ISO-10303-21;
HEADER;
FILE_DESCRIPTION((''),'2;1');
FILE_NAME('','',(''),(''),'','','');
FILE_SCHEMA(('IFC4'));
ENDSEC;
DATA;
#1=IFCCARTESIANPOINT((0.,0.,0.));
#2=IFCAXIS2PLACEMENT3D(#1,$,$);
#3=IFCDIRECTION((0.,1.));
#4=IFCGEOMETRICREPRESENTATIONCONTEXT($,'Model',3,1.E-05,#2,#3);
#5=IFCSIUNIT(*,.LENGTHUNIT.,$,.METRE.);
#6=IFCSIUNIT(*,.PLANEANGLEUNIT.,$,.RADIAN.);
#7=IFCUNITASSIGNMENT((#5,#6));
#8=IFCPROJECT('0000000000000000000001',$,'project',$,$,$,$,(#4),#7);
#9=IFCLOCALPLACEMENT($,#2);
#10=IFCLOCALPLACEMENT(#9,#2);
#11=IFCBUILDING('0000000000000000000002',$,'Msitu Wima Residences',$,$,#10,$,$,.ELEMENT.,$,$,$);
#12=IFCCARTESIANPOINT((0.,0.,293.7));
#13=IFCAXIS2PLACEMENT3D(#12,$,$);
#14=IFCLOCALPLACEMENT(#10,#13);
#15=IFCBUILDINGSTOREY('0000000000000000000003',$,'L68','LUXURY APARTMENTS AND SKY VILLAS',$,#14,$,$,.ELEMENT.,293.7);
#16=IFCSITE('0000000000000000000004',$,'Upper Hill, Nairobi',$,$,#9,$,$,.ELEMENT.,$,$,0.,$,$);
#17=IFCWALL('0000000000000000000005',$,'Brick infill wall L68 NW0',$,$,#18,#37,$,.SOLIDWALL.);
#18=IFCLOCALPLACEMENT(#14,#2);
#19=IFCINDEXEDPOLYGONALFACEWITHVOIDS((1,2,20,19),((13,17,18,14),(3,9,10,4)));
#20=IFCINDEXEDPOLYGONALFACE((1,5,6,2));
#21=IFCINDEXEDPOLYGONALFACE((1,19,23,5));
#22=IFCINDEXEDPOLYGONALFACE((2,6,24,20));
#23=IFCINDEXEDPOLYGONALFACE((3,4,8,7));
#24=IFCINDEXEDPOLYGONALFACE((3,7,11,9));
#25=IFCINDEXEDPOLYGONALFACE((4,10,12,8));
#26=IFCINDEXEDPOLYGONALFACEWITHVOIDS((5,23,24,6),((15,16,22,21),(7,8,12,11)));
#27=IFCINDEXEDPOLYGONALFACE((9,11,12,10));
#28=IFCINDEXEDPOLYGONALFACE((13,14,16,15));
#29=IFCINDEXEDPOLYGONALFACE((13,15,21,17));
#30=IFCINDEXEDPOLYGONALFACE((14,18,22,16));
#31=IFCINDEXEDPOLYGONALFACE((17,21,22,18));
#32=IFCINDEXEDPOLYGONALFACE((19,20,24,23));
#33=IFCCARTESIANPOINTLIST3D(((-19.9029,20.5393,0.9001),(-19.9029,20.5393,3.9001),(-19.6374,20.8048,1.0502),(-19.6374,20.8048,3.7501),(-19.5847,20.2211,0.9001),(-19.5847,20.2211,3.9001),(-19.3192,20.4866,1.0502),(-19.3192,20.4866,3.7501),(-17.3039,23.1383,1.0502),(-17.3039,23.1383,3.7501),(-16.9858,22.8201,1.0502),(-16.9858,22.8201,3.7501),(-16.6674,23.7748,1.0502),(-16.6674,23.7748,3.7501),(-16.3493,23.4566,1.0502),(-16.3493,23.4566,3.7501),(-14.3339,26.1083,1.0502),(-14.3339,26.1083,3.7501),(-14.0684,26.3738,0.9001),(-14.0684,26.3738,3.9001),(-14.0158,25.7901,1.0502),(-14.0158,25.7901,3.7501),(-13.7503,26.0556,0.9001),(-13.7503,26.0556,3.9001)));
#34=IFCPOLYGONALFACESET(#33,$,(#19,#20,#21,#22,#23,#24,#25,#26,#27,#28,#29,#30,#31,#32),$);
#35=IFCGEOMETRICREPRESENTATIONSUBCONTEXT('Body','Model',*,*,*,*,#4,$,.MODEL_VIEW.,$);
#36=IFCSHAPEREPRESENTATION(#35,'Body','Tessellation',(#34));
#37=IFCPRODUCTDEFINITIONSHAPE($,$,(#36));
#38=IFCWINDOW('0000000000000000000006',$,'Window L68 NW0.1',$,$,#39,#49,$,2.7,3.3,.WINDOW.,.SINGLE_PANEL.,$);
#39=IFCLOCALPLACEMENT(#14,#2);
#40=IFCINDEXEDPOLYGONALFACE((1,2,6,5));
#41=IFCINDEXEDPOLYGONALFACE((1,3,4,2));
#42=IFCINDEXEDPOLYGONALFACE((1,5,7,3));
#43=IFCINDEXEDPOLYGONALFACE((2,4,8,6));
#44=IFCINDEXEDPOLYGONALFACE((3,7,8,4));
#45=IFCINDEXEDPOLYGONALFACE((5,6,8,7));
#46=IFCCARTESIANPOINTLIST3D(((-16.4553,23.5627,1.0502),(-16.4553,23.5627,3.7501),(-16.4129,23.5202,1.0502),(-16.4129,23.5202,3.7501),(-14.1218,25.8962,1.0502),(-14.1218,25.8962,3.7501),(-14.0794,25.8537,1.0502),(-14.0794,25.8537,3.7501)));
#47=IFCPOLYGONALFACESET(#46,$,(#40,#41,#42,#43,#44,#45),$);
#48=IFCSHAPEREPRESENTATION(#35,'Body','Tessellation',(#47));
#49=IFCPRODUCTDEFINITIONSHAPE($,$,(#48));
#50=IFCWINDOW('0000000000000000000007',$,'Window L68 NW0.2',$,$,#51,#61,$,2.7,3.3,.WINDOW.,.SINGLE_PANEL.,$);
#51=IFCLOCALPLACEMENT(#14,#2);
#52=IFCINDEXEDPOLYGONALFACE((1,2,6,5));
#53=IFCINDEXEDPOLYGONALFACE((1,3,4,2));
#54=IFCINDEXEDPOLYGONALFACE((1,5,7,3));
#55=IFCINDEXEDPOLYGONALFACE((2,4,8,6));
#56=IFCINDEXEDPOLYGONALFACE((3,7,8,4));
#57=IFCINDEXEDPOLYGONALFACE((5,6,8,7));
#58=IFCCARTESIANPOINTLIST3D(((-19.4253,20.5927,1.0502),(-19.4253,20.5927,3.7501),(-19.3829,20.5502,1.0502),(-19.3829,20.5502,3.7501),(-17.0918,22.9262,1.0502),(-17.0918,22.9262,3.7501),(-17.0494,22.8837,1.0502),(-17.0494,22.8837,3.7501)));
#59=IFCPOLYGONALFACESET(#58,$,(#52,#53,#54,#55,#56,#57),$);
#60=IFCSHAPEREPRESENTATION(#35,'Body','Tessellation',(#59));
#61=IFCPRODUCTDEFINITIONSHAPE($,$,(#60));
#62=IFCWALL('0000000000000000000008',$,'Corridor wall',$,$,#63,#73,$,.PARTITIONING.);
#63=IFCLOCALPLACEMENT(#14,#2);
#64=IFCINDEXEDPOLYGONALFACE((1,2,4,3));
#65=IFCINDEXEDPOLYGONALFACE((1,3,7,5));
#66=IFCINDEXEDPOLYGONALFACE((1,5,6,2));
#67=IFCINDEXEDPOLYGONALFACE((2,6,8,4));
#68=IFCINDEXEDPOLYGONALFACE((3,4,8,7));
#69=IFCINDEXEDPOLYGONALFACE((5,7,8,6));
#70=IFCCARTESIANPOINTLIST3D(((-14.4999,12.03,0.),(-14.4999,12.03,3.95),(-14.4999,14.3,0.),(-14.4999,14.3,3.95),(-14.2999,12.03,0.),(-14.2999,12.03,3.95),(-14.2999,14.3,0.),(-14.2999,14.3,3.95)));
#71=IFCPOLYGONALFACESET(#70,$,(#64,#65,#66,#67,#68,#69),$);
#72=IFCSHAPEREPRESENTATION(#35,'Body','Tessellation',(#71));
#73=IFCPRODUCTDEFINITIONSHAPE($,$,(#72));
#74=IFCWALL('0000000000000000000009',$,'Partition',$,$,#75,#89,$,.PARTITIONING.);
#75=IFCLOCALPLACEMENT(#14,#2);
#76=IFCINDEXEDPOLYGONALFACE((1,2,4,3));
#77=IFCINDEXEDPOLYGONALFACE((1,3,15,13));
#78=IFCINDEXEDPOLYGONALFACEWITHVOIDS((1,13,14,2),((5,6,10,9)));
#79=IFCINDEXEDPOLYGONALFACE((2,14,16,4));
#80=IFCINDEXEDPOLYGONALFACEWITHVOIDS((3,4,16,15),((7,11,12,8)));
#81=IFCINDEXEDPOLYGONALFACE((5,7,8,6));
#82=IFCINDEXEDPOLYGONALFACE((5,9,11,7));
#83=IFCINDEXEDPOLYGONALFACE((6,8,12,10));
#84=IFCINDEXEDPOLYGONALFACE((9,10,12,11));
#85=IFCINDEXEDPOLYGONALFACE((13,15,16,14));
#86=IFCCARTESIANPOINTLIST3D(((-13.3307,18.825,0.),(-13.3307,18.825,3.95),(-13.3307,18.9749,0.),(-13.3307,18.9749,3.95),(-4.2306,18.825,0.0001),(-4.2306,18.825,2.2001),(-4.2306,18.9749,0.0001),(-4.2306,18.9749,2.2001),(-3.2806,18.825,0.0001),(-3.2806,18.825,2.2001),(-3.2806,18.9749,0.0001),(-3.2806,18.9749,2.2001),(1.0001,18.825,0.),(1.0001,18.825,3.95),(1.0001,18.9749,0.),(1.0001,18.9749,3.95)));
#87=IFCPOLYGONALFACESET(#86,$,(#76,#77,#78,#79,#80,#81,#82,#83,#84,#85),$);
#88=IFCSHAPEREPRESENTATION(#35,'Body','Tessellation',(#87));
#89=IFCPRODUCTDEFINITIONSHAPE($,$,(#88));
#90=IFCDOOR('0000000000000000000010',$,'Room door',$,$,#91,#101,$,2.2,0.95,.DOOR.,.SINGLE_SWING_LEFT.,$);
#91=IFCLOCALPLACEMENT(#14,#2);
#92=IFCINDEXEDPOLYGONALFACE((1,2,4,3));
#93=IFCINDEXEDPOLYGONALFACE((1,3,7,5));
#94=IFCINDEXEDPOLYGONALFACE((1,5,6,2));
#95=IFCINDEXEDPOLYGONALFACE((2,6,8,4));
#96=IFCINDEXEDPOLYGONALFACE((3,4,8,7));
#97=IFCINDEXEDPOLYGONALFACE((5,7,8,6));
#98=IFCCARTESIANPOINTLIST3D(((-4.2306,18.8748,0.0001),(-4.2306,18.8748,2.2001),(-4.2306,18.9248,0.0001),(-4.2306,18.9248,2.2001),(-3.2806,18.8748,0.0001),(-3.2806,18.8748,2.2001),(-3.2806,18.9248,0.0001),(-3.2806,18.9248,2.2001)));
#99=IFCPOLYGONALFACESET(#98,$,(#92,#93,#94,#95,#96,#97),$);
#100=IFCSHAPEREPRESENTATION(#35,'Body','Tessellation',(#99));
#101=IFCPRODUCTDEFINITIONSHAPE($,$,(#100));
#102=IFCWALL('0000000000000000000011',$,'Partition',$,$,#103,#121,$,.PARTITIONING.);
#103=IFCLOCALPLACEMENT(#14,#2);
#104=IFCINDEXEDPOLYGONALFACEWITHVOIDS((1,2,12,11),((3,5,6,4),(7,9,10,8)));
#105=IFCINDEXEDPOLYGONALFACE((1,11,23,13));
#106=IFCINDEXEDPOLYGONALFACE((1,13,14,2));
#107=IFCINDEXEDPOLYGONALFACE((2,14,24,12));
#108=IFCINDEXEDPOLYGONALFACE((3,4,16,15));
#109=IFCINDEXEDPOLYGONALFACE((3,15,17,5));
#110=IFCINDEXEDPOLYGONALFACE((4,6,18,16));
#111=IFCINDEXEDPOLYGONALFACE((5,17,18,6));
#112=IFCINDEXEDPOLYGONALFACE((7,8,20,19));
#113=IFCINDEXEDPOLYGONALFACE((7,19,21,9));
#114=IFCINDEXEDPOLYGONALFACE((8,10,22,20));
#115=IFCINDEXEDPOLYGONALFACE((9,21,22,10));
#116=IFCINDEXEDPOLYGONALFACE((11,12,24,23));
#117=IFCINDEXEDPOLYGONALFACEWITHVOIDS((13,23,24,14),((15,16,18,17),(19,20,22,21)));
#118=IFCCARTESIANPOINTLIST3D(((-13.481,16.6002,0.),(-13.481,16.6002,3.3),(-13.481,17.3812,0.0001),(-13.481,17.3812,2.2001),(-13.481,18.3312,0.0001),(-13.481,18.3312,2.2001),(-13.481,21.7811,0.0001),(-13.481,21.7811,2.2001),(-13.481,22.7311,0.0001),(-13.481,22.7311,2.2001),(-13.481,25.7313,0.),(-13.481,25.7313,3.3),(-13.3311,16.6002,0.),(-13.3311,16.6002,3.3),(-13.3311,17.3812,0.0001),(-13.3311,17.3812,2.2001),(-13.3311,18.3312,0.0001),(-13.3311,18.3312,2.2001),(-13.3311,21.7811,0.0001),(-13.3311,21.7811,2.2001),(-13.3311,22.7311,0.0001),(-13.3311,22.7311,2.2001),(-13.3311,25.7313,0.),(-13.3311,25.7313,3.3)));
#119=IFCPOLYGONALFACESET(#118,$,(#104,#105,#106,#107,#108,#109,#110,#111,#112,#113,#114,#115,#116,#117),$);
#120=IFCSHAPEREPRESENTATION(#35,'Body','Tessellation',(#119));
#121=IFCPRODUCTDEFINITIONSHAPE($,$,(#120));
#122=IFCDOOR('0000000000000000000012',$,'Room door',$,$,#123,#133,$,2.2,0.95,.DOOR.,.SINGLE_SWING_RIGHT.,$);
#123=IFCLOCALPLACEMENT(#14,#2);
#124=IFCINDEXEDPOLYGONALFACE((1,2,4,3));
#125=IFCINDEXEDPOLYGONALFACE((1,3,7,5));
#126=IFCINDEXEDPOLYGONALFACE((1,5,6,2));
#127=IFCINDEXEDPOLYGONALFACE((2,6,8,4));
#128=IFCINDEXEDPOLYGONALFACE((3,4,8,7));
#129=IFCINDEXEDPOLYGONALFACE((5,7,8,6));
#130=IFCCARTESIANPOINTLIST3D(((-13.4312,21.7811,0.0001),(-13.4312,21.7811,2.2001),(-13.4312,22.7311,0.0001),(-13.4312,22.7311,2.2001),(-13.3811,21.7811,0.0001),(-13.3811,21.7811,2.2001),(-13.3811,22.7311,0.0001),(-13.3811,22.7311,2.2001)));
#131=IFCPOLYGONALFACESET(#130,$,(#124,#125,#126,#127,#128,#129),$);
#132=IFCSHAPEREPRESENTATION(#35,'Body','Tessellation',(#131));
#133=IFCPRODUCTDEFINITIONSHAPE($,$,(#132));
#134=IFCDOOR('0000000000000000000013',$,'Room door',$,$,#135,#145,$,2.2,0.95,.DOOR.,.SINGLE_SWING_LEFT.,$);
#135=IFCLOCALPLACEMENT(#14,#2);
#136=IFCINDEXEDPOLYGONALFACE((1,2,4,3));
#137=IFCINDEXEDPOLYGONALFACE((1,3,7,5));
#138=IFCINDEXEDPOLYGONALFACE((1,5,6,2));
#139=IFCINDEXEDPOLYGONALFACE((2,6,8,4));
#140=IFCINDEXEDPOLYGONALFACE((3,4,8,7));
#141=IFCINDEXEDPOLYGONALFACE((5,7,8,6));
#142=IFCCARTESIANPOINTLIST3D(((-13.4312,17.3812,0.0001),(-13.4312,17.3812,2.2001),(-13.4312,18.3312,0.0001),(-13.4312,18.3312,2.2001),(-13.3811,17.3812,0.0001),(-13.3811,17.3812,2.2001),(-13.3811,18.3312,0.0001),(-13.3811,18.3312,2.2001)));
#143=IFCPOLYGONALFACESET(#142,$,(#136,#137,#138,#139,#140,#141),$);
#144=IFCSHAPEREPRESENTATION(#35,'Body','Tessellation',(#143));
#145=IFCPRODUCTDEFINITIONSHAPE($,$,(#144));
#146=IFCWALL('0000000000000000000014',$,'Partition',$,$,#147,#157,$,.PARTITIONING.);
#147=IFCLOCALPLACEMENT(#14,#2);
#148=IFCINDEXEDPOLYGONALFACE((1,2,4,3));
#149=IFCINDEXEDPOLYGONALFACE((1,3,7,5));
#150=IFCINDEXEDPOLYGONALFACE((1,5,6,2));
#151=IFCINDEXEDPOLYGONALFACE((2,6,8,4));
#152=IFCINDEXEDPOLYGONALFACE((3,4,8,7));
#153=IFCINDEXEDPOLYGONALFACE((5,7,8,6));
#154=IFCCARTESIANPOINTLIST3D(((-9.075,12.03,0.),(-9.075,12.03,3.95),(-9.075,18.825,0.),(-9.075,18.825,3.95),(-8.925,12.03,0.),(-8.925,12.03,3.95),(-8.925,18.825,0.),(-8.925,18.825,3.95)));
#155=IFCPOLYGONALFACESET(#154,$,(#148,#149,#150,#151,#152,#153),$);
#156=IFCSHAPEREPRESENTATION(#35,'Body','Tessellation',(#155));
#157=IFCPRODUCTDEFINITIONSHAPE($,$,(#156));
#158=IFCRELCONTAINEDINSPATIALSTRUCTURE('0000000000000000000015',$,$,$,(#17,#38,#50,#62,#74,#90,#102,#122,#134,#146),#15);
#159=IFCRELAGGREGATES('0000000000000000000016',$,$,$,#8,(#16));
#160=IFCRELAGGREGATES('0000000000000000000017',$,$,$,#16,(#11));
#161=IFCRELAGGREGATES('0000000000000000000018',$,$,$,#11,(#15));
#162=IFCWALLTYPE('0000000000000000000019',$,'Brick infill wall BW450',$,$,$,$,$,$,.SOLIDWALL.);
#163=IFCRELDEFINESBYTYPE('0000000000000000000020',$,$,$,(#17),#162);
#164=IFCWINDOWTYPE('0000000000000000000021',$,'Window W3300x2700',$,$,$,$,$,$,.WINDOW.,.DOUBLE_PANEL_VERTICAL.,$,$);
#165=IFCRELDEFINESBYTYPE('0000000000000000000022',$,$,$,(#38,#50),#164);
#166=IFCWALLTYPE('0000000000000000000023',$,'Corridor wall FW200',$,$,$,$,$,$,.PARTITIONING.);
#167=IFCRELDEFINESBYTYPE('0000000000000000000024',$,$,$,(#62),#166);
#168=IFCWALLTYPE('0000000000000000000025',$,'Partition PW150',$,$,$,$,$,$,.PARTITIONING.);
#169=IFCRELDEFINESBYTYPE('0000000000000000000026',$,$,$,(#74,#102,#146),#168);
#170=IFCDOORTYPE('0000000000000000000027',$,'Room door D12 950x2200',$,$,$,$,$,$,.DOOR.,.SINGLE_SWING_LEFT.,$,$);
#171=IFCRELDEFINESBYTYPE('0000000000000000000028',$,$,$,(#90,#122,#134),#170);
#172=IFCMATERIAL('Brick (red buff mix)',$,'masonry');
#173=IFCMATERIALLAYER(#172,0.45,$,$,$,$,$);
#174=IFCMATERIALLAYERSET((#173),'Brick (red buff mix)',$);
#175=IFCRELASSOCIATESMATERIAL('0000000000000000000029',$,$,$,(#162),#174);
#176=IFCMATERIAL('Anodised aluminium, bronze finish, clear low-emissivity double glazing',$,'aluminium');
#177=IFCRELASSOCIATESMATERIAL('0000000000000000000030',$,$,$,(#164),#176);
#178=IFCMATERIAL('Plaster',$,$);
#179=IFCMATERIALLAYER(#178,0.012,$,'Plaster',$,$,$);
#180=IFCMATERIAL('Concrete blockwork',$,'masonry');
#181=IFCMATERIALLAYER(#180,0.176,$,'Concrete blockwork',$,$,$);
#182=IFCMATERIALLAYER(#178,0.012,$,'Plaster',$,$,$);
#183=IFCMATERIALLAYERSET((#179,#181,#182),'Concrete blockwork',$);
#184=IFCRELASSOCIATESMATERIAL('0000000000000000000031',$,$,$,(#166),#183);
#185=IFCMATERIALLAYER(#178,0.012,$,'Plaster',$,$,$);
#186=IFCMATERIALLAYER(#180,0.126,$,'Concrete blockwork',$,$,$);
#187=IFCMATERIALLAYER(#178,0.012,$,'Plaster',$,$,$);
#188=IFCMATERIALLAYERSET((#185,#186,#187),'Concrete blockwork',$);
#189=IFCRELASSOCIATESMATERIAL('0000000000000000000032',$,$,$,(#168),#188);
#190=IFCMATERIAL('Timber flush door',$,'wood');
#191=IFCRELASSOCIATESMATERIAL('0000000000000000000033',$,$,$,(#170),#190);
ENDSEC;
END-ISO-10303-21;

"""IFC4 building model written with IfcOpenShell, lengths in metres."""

from ifc_helpers import new_model, si_unit, direction, frame, frame_2d, origin, place, context, subcontext, project, spatial, rectangle, extrude, material, layer, layer_set, type_object, element, fill, save


model = new_model("IFC4")

# Units and contexts
model_context = context("Model", 3, precision=1e-05, world=origin(), true_north=direction((0.0, 1.0)))
body_context = subcontext(model_context, "Body", "Model", "MODEL_VIEW")
ifc_project = project(units=[si_unit("LENGTHUNIT", "METRE"), si_unit("PLANEANGLEUNIT", "RADIAN")], contexts=[model_context])

# Site, building, storey
site_placement = place(None, origin())
site = spatial("IfcSite", under=ifc_project, at=site_placement, Name="Upper Hill, Nairobi", CompositionType="ELEMENT", RefElevation=0.0)
building_placement = place(site_placement, origin())
building = spatial("IfcBuilding", under=site, at=building_placement, Name="Msitu Wima Residences", CompositionType="ELEMENT")
storey_placement = place(building_placement, frame((0.0, 0.0, 293.7)))
storey = spatial("IfcBuildingStorey", under=building, at=storey_placement, Name="L68", Description="LUXURY APARTMENTS AND SKY VILLAS", CompositionType="ELEMENT", Elevation=293.7)

# Wall, openings, windows
ifc_material_1 = material(Name="Brick (red buff mix)", Category="masonry")
ifc_layer_1 = layer(ifc_material_1, 0.45)
ifc_layer_set_1 = layer_set([ifc_layer_1], Name="Brick (red buff mix)")
wall_type_1 = type_object("IfcWallType", Name="Brick infill wall BW450", PredefinedType="SOLIDWALL", material=ifc_layer_set_1)
ifc_material_2 = material(Name="Anodised aluminium, bronze finish, clear low-emissivity double glazing", Category="aluminium")
window_type = type_object("IfcWindowType", Name="Window W3300x2700", PartitioningType="DOUBLE_PANEL_VERTICAL", PredefinedType="WINDOW", material=ifc_material_2)
wall_1_placement = place(storey_placement, frame((-13.9094, 26.2146, 0.9001), z_axis=(0.0, 0.0, 1.0), x_axis=(-0.707107, -0.707107, 0.0)))
wall_1 = element("IfcWall", 1, at=wall_1_placement, inside=storey, type_object=wall_type_1, Name="Brick infill wall L68 NW0", PredefinedType="SOLIDWALL", context=body_context, shape_type="SweptSolid", body=[
    extrude(rectangle(XDim=8.2512, YDim=0.45, at=frame_2d((4.1255, 0.0))), origin(), (0.0, 0.0, 1.0), 3.0),
])
opening_1_placement = place(wall_1_placement, frame((0.3755, 0.0, 0.1499)))
opening_1 = element("IfcOpeningElement", 2, at=opening_1_placement, cuts=wall_1, PredefinedType="OPENING", context=body_context, shape_type="SweptSolid", body=[
    extrude(rectangle(XDim=3.3, YDim=2.7, at=frame_2d((1.6499, 1.3501))), frame((0.0, 0.2349, 0.0), z_axis=(0.0, -1.0, 0.0), x_axis=(1.0, 0.0, 0.0)), (0.0, 0.0, 1.0), 0.47),
])
opening_2_placement = place(wall_1_placement, frame((4.5757, 0.0, 0.1499)))
opening_2 = element("IfcOpeningElement", 3, at=opening_2_placement, cuts=wall_1, PredefinedType="OPENING", context=body_context, shape_type="SweptSolid", body=[
    extrude(rectangle(XDim=3.3, YDim=2.7, at=frame_2d((1.6499, 1.3501))), frame((0.0, 0.2349, 0.0), z_axis=(0.0, -1.0, 0.0), x_axis=(1.0, 0.0, 0.0)), (0.0, 0.0, 1.0), 0.47),
])
window_1_placement = place(opening_1_placement, origin())
window_1 = element("IfcWindow", 4, at=window_1_placement, inside=storey, type_object=window_type, Name="Window L68 NW0.1", OverallHeight=2.7, OverallWidth=3.3, PartitioningType="SINGLE_PANEL", PredefinedType="WINDOW", context=body_context, shape_type="SweptSolid", body=[
    extrude(rectangle(XDim=3.3, YDim=2.7, at=frame_2d((1.6499, 1.3501))), frame((0.0, 0.135, 0.0), z_axis=(0.0, -1.0, 0.0), x_axis=(1.0, 0.0, 0.0)), (0.0, 0.0, 1.0), 0.0601),
])
fill(opening_1, window_1)
window_2_placement = place(opening_2_placement, origin())
window_2 = element("IfcWindow", 5, at=window_2_placement, inside=storey, type_object=window_type, Name="Window L68 NW0.2", OverallHeight=2.7, OverallWidth=3.3, PartitioningType="SINGLE_PANEL", PredefinedType="WINDOW", context=body_context, shape_type="SweptSolid", body=[
    extrude(rectangle(XDim=3.3, YDim=2.7, at=frame_2d((1.6499, 1.3501))), frame((0.0, 0.135, 0.0), z_axis=(0.0, -1.0, 0.0), x_axis=(1.0, 0.0, 0.0)), (0.0, 0.0, 1.0), 0.0601),
])
fill(opening_2, window_2)

# Wall
ifc_material_3 = material(Name="Plaster")
ifc_layer_2 = layer(ifc_material_3, 0.012, Name="Plaster")
ifc_material_4 = material(Name="Concrete blockwork", Category="masonry")
ifc_layer_3 = layer(ifc_material_4, 0.176, Name="Concrete blockwork")
ifc_layer_4 = layer(ifc_material_3, 0.012, Name="Plaster")
ifc_layer_set_2 = layer_set([ifc_layer_2, ifc_layer_3, ifc_layer_4], Name="Concrete blockwork")
wall_type_2 = type_object("IfcWallType", Name="Corridor wall FW200", PredefinedType="PARTITIONING", material=ifc_layer_set_2)
wall_2_placement = place(storey_placement, frame((-14.3999, 12.03, 0.0), z_axis=(0.0, 0.0, 1.0), x_axis=(0.0, 1.0, 0.0)))
element("IfcWall", 6, at=wall_2_placement, inside=storey, type_object=wall_type_2, Name="Corridor wall", PredefinedType="PARTITIONING", context=body_context, shape_type="SweptSolid", body=[
    extrude(rectangle(XDim=2.27, YDim=0.2, at=frame_2d((1.135, 0.0))), origin(), (0.0, 0.0, 1.0), 3.95),
])

# Wall, opening, door
ifc_layer_5 = layer(ifc_material_3, 0.012, Name="Plaster")
ifc_layer_6 = layer(ifc_material_4, 0.126, Name="Concrete blockwork")
ifc_layer_7 = layer(ifc_material_3, 0.012, Name="Plaster")
ifc_layer_set_3 = layer_set([ifc_layer_5, ifc_layer_6, ifc_layer_7], Name="Concrete blockwork")
wall_type_3 = type_object("IfcWallType", Name="Partition PW150", PredefinedType="PARTITIONING", material=ifc_layer_set_3)
wall_3_placement = place(storey_placement, frame((-13.3308, 18.8999, 0.0), z_axis=(0.0, 0.0, 1.0), x_axis=(1.0, 0.0, 0.0)))
wall_3 = element("IfcWall", 7, at=wall_3_placement, inside=storey, type_object=wall_type_3, Name="Partition", PredefinedType="PARTITIONING", context=body_context, shape_type="SweptSolid", body=[
    extrude(rectangle(XDim=14.3308, YDim=0.1499, at=frame_2d((7.1655, 0.0))), origin(), (0.0, 0.0, 1.0), 3.95),
])
opening_3_placement = place(wall_3_placement, frame((9.1001, 0.0, 0.0)))
opening_3 = element("IfcOpeningElement", 8, at=opening_3_placement, cuts=wall_3, PredefinedType="OPENING", context=body_context, shape_type="SweptSolid", body=[
    extrude(rectangle(XDim=0.95, YDim=2.2, at=frame_2d((0.4751, 1.1001))), frame((0.0, 0.085, 0.0), z_axis=(0.0, -1.0, 0.0), x_axis=(1.0, 0.0, 0.0)), (0.0, 0.0, 1.0), 0.1699),
])
ifc_material_5 = material(Name="Timber flush door", Category="wood")
door_type_1 = type_object("IfcDoorType", Name="Room door D12 950x2200", OperationType="SINGLE_SWING_LEFT", PredefinedType="DOOR", material=ifc_material_5)
door_1_placement = place(opening_3_placement, origin())
door_1 = element("IfcDoor", 9, at=door_1_placement, inside=storey, type_object=door_type_1, Name="Room door", OperationType="SINGLE_SWING_LEFT", OverallHeight=2.2, OverallWidth=0.95, PredefinedType="DOOR", context=body_context, shape_type="SweptSolid", body=[
    extrude(rectangle(XDim=0.95, YDim=2.2, at=frame_2d((0.4751, 1.1001))), frame((0.0, 0.0249, 0.0), z_axis=(0.0, -1.0, 0.0), x_axis=(1.0, 0.0, 0.0)), (0.0, 0.0, 1.0), 0.05),
])
fill(opening_3, door_1)

# Wall, openings, doors
wall_4_placement = place(storey_placement, frame((-13.406, 25.7312, 0.0), z_axis=(0.0, 0.0, 1.0), x_axis=(0.0, -1.0, 0.0)))
wall_4 = element("IfcWall", 10, at=wall_4_placement, inside=storey, type_object=wall_type_3, Name="Partition", PredefinedType="PARTITIONING", context=body_context, shape_type="SweptSolid", body=[
    extrude(rectangle(XDim=9.1311, YDim=0.1499, at=frame_2d((4.5654, 0.0))), origin(), (0.0, 0.0, 1.0), 3.3),
])
opening_4_placement = place(wall_4_placement, frame((3.0, 0.0, 0.0)))
opening_4 = element("IfcOpeningElement", 11, at=opening_4_placement, cuts=wall_4, PredefinedType="OPENING", context=body_context, shape_type="SweptSolid", body=[
    extrude(rectangle(XDim=0.95, YDim=2.2, at=frame_2d((0.4751, 1.1001))), frame((0.0, 0.085, 0.0), z_axis=(0.0, -1.0, 0.0), x_axis=(1.0, 0.0, 0.0)), (0.0, 0.0, 1.0), 0.1699),
])
opening_5_placement = place(wall_4_placement, frame((7.3999, 0.0, 0.0)))
opening_5 = element("IfcOpeningElement", 12, at=opening_5_placement, cuts=wall_4, PredefinedType="OPENING", context=body_context, shape_type="SweptSolid", body=[
    extrude(rectangle(XDim=0.95, YDim=2.2, at=frame_2d((0.4751, 1.1001))), frame((0.0, 0.085, 0.0), z_axis=(0.0, -1.0, 0.0), x_axis=(1.0, 0.0, 0.0)), (0.0, 0.0, 1.0), 0.1699),
])
door_2_placement = place(opening_4_placement, origin())
door_2 = element("IfcDoor", 13, at=door_2_placement, inside=storey, type_object=door_type_1, Name="Room door", OperationType="SINGLE_SWING_RIGHT", OverallHeight=2.2, OverallWidth=0.95, PredefinedType="DOOR", context=body_context, shape_type="SweptSolid", body=[
    extrude(rectangle(XDim=0.95, YDim=2.2, at=frame_2d((0.4751, 1.1001))), frame((0.0, 0.0249, 0.0), z_axis=(0.0, -1.0, 0.0), x_axis=(1.0, 0.0, 0.0)), (0.0, 0.0, 1.0), 0.05),
])
fill(opening_4, door_2)
door_3_placement = place(opening_5_placement, origin())
door_3 = element("IfcDoor", 14, at=door_3_placement, inside=storey, type_object=door_type_1, Name="Room door", OperationType="SINGLE_SWING_LEFT", OverallHeight=2.2, OverallWidth=0.95, PredefinedType="DOOR", context=body_context, shape_type="SweptSolid", body=[
    extrude(rectangle(XDim=0.95, YDim=2.2, at=frame_2d((0.4751, 1.1001))), frame((0.0, 0.0249, 0.0), z_axis=(0.0, -1.0, 0.0), x_axis=(1.0, 0.0, 0.0)), (0.0, 0.0, 1.0), 0.05),
])
fill(opening_5, door_3)

# Wall
wall_5_placement = place(storey_placement, frame((-9.0, 12.03, 0.0), z_axis=(0.0, 0.0, 1.0), x_axis=(0.0, 1.0, 0.0)))
element("IfcWall", 15, at=wall_5_placement, inside=storey, type_object=wall_type_3, Name="Partition", PredefinedType="PARTITIONING", context=body_context, shape_type="SweptSolid", body=[
    extrude(rectangle(XDim=6.7949, YDim=0.1499, at=frame_2d((3.3975, 0.0))), origin(), (0.0, 0.0, 1.0), 3.95),
])

save(model, "model.ifc")
